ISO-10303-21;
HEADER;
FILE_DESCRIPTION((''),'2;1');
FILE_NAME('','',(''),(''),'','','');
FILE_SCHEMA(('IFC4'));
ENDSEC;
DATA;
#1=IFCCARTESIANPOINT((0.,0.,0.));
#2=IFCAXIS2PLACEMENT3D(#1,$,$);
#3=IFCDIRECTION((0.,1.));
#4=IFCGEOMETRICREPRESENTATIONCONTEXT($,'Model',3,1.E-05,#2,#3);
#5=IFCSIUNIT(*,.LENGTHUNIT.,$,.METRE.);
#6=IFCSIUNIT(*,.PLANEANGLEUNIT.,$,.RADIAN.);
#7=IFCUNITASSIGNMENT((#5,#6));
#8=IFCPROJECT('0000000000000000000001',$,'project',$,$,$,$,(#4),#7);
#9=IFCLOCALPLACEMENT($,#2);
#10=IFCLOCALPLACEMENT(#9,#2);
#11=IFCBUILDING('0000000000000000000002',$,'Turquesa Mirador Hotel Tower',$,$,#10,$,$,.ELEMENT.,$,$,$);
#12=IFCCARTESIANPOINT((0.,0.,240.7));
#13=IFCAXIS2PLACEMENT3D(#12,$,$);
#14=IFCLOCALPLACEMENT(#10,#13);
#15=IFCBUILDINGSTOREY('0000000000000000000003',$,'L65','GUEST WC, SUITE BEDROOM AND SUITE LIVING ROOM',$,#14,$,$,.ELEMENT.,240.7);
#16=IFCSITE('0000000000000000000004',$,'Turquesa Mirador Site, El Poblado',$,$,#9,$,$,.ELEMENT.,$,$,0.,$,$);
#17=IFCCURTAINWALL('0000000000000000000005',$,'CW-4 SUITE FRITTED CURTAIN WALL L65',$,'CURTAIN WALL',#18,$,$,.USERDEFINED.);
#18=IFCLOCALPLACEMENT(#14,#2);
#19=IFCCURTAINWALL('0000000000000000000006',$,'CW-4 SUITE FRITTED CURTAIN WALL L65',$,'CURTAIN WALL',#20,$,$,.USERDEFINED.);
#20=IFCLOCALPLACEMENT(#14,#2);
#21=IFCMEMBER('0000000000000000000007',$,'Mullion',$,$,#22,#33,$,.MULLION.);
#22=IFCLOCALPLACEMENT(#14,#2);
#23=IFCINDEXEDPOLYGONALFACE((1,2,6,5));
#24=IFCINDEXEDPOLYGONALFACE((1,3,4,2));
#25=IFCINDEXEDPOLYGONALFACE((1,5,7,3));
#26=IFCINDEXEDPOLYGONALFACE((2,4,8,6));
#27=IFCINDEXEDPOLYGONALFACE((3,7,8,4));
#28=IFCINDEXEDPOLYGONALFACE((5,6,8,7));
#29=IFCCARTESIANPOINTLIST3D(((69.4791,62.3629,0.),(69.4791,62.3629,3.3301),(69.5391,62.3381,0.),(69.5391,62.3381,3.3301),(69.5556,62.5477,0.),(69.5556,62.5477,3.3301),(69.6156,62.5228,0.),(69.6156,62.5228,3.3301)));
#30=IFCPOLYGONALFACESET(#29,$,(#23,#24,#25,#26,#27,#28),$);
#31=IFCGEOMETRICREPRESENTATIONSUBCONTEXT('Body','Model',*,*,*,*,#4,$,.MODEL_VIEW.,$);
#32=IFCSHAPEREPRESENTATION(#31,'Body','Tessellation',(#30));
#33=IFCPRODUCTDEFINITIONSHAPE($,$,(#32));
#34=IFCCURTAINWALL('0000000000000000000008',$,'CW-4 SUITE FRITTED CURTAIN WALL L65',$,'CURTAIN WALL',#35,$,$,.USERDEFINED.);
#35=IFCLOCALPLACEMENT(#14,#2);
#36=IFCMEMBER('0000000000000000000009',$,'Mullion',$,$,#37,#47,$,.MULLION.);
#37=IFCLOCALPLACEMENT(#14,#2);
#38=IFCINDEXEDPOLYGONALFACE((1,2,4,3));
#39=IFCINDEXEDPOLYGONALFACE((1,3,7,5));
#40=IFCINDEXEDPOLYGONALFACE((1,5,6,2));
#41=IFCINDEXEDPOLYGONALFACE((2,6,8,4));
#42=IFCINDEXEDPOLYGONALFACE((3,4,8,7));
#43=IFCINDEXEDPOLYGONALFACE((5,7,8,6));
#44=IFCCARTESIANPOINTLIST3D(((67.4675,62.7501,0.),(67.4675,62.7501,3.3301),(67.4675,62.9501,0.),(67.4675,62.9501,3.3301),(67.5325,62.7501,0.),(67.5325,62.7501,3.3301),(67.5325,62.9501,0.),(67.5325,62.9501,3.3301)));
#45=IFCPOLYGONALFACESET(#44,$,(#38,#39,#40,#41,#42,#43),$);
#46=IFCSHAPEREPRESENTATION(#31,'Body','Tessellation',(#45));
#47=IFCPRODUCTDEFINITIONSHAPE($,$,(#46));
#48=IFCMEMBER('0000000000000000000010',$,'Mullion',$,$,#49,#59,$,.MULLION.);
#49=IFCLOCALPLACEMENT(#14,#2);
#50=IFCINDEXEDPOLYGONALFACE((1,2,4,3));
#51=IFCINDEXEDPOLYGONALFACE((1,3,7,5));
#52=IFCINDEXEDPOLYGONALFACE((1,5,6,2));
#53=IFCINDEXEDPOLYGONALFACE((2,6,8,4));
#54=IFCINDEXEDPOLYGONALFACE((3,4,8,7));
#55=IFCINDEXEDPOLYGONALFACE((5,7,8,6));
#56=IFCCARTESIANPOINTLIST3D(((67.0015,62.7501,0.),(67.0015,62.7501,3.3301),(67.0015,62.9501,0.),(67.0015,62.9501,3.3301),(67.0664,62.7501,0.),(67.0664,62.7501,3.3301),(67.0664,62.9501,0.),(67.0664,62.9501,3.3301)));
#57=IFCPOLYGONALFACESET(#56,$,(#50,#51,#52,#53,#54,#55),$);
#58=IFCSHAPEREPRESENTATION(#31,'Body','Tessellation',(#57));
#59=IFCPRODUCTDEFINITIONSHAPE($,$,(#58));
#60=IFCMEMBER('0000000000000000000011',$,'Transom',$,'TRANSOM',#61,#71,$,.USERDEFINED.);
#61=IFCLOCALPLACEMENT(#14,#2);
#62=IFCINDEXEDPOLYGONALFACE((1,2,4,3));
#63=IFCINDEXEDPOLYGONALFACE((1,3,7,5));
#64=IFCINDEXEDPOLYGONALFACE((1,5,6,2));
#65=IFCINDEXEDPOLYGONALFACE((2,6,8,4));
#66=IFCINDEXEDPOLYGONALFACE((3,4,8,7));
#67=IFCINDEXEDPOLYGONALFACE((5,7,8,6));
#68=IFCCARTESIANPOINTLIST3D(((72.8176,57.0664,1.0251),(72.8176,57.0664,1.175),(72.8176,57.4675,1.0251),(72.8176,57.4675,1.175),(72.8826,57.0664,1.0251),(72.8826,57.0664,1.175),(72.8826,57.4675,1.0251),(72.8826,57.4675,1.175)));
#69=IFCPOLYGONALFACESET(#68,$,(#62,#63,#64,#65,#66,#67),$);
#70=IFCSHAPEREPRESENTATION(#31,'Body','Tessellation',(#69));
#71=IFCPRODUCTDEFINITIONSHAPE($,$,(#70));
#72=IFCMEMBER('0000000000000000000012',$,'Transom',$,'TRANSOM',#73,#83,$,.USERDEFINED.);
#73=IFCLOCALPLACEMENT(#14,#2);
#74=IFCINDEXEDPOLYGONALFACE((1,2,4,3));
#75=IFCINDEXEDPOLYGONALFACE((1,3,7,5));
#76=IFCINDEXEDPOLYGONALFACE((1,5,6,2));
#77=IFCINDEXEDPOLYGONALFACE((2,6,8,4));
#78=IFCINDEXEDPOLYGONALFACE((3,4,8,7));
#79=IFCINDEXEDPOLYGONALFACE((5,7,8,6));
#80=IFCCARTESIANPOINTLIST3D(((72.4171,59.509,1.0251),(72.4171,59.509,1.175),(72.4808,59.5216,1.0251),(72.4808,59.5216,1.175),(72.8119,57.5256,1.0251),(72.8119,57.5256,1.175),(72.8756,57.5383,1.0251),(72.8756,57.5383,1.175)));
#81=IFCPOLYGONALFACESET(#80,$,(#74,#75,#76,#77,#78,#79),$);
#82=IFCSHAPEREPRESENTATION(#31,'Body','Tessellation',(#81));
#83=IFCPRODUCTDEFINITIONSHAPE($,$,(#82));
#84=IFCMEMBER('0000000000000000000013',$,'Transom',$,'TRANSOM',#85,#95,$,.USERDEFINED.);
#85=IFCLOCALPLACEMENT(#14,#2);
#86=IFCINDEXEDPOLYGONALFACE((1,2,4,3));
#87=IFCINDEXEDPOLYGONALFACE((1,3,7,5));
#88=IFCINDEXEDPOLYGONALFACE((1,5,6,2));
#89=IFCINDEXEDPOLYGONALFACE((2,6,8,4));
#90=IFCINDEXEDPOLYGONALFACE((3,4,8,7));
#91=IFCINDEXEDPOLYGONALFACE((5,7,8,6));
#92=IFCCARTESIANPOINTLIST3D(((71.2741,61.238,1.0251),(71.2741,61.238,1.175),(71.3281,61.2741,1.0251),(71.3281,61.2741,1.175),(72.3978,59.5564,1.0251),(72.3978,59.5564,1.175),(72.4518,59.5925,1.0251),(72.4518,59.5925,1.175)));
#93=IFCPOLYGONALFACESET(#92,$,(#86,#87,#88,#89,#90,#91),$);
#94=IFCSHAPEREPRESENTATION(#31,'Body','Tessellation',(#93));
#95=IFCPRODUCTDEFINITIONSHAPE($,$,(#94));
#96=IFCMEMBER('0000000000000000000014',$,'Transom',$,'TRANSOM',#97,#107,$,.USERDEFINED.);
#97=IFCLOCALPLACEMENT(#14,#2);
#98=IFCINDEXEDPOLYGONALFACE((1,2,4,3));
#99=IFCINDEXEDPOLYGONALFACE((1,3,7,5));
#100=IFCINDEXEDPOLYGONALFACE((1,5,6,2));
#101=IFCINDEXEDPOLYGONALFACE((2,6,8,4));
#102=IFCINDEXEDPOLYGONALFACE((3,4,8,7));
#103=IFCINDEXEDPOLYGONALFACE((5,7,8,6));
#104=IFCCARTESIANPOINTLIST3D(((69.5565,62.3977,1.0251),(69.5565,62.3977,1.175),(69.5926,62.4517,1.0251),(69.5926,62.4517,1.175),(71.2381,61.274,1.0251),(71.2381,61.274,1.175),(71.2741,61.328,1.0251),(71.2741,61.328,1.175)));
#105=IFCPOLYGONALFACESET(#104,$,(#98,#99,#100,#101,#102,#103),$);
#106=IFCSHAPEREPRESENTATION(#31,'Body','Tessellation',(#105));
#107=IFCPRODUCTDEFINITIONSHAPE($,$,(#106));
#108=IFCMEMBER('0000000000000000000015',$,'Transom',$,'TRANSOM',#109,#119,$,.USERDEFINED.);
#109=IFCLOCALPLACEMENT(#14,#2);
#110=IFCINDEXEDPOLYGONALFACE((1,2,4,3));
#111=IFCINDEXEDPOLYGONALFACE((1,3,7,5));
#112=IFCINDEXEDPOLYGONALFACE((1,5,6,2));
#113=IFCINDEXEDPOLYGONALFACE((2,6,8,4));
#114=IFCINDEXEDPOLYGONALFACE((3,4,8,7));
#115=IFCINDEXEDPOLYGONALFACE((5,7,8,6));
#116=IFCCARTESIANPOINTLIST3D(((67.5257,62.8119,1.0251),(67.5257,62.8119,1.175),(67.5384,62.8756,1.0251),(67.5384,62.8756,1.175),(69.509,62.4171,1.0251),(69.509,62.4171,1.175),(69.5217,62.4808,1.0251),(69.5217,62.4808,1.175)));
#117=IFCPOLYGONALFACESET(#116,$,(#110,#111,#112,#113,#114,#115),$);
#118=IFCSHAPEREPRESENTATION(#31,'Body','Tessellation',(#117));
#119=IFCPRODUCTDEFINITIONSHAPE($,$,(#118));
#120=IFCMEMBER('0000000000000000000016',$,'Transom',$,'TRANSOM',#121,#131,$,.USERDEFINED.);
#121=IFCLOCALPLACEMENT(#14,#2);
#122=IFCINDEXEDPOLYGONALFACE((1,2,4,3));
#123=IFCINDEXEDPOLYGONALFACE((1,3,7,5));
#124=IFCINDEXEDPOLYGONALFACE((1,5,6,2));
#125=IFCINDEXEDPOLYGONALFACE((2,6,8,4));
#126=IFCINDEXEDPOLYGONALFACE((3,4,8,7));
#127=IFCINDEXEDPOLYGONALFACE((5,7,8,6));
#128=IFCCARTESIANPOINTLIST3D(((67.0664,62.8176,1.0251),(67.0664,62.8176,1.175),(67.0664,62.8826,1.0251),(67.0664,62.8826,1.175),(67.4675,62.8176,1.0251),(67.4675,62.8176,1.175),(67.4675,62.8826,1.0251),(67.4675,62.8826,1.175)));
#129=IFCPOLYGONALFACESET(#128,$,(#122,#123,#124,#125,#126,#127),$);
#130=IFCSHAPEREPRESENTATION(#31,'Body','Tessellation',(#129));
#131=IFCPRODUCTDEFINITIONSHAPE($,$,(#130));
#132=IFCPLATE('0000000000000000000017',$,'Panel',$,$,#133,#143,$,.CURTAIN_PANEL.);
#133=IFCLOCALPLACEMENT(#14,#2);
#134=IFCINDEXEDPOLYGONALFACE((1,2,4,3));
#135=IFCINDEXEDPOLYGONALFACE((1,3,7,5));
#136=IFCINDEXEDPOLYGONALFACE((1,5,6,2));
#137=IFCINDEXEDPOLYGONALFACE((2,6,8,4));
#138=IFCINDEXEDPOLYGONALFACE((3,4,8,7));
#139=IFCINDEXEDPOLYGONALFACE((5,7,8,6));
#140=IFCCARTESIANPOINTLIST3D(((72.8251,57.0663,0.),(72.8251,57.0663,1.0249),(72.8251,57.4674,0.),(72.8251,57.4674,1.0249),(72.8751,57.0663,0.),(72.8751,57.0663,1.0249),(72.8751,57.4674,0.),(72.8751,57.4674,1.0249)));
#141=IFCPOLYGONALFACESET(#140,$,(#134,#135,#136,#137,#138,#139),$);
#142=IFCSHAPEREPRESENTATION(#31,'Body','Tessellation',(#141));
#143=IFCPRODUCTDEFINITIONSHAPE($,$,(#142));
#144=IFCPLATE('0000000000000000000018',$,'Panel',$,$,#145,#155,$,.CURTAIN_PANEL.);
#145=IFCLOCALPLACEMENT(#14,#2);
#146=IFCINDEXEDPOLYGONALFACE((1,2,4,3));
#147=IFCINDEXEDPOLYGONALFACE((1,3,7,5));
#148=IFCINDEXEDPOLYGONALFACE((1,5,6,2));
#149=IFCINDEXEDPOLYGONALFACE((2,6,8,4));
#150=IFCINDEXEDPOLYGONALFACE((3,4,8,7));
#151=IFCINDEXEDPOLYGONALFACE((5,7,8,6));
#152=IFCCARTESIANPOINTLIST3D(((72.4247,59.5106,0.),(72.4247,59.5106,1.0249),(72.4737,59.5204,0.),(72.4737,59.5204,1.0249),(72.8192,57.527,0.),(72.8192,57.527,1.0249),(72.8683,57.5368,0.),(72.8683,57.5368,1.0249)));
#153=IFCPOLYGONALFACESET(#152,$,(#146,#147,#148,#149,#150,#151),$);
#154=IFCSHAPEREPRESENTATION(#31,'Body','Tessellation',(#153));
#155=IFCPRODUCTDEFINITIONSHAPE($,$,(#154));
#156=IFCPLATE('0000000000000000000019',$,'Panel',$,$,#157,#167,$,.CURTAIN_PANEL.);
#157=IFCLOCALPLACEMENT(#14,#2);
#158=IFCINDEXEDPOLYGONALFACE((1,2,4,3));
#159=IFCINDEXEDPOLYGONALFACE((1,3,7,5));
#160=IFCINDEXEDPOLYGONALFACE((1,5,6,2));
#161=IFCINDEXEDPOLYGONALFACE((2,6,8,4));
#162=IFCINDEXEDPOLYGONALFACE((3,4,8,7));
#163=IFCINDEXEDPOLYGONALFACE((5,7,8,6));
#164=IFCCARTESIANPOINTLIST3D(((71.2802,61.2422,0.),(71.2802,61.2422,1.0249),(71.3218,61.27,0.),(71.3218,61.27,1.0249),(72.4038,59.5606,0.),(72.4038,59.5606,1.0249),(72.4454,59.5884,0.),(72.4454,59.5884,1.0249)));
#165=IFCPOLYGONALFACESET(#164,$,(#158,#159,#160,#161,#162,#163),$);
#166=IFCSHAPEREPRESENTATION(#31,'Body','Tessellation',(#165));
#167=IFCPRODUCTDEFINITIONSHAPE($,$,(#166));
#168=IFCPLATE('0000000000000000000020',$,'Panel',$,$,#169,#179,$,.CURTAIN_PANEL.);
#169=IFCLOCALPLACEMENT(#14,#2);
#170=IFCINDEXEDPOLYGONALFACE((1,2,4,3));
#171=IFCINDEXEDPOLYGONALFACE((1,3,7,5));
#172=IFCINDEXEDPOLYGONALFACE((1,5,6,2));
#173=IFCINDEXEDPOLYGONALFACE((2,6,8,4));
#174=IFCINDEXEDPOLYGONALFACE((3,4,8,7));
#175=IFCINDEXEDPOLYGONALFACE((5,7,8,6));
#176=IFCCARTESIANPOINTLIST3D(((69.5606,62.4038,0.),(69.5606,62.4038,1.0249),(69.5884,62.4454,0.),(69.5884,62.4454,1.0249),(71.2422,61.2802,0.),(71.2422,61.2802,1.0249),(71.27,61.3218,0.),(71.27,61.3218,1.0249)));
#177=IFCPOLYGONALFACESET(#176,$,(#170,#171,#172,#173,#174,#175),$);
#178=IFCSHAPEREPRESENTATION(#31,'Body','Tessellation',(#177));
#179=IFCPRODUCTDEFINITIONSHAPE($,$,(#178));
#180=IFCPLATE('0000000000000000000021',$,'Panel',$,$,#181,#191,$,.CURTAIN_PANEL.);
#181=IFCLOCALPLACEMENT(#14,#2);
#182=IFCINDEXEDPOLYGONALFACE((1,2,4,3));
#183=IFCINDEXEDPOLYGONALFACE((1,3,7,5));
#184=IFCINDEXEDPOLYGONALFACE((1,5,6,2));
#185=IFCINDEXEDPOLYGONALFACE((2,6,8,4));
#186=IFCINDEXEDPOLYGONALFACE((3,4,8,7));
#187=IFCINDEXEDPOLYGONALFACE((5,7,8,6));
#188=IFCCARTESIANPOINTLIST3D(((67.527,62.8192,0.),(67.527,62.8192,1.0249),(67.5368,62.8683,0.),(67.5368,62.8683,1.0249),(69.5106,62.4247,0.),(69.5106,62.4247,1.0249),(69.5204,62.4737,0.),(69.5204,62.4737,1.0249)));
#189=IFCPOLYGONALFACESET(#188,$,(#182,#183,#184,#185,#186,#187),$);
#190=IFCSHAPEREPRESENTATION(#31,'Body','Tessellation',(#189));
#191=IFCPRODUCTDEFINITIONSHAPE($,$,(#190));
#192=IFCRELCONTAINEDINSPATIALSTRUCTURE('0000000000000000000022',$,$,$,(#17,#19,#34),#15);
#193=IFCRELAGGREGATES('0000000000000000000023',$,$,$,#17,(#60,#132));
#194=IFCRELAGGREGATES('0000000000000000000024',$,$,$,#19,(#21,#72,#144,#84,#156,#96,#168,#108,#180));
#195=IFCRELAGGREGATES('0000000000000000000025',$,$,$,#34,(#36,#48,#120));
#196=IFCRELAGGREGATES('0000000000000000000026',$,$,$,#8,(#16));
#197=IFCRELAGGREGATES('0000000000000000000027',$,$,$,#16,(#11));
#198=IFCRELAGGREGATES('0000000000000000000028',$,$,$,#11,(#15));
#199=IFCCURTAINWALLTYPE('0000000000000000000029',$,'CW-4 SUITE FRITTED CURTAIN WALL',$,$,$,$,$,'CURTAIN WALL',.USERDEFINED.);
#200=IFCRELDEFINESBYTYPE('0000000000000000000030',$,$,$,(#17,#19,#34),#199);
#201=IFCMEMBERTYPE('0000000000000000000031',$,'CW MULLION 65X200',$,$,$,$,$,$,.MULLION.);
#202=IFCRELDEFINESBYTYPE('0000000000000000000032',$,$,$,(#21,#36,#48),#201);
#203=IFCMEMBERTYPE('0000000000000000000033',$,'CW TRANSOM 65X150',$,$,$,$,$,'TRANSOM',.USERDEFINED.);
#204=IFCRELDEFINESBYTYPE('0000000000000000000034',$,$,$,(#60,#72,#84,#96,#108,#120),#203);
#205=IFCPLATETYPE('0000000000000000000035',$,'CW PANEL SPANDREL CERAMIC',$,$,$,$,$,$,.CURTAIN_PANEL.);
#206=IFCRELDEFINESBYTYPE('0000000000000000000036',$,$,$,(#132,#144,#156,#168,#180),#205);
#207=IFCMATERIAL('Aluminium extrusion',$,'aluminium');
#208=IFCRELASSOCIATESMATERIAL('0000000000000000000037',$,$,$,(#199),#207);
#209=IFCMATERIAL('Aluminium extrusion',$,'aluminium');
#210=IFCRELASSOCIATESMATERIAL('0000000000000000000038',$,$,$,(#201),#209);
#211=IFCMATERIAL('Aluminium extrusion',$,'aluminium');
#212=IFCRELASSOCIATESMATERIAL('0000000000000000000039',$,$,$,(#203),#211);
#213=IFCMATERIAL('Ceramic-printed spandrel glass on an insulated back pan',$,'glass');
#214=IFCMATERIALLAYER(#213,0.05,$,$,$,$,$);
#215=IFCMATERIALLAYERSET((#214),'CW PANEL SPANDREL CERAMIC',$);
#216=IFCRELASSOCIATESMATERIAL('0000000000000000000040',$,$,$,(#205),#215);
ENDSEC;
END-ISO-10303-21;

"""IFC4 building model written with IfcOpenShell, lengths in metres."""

from ifc_helpers import new_model, si_unit, direction, frame, origin, origin_2d, place, context, subcontext, project, spatial, rectangle, extrude, material, layer, layer_set, material_profile, profile_set, type_object, element, aggregate, save


model = new_model("IFC4")

# Units and contexts
model_context = context("Model", 3, precision=1e-05, world=origin(), true_north=direction((0.0, 1.0)))
body_context = subcontext(model_context, "Body", "Model", "MODEL_VIEW")
ifc_project = project(units=[si_unit("LENGTHUNIT", "METRE"), si_unit("PLANEANGLEUNIT", "RADIAN")], contexts=[model_context])

# Site, building, storey
site_placement = place(None, origin())
site = spatial("IfcSite", under=ifc_project, at=site_placement, Name="Turquesa Mirador Site, El Poblado", CompositionType="ELEMENT", RefElevation=0.0)
building_placement = place(site_placement, origin())
building = spatial("IfcBuilding", under=site, at=building_placement, Name="Turquesa Mirador Hotel Tower", CompositionType="ELEMENT")
storey_placement = place(building_placement, frame((0.0, 0.0, 240.7)))
storey = spatial("IfcBuildingStorey", under=building, at=storey_placement, Name="L65", Description="GUEST WC, SUITE BEDROOM AND SUITE LIVING ROOM", CompositionType="ELEMENT", Elevation=240.7)

# Shared definitions
ifc_material_1 = material(Name="Aluminium extrusion", Category="aluminium")
curtain_wall_type = type_object("IfcCurtainWallType", Name="CW-4 SUITE FRITTED CURTAIN WALL", ElementType="CURTAIN WALL", PredefinedType="USERDEFINED", material=ifc_material_1)
ifc_material_2 = material(Name="Aluminium extrusion", Category="aluminium")
ifc_material_profile_1 = material_profile(ifc_material_2, rectangle(XDim=0.0649, YDim=0.2, at=origin_2d()), Name="MULLION 65X200")
ifc_profile_set_1 = profile_set([ifc_material_profile_1], Name="Aluminium extrusion")
member_type_1 = type_object("IfcMemberType", Name="CW MULLION 65X200", PredefinedType="MULLION", material=ifc_profile_set_1)

# Curtain walls, members
curtain_wall_1_placement = place(storey_placement, origin())
curtain_wall_1 = element("IfcCurtainWall", 1, at=curtain_wall_1_placement, inside=storey, type_object=curtain_wall_type, Name="CW-4 SUITE FRITTED CURTAIN WALL L65", ObjectType="CURTAIN WALL", PredefinedType="USERDEFINED")
curtain_wall_2_placement = place(storey_placement, origin())
curtain_wall_2 = element("IfcCurtainWall", 2, at=curtain_wall_2_placement, inside=storey, type_object=curtain_wall_type, Name="CW-4 SUITE FRITTED CURTAIN WALL L65", ObjectType="CURTAIN WALL", PredefinedType="USERDEFINED")
member_1_placement = place(storey_placement, frame((69.5474, 62.4429, 0.0), z_axis=(0.0, 0.0, 1.0), x_axis=(-0.92388, 0.382683, 0.0)))
member_1 = element("IfcMember", 3, at=member_1_placement, type_object=member_type_1, Name="Mullion", PredefinedType="MULLION", context=body_context, shape_type="SweptSolid", body=[
    extrude(rectangle(XDim=0.0649, YDim=0.2, at=origin_2d()), origin(), (0.0, 0.0, 1.0), 3.3301),
])
curtain_wall_3_placement = place(storey_placement, origin())
curtain_wall_3 = element("IfcCurtainWall", 4, at=curtain_wall_3_placement, inside=storey, type_object=curtain_wall_type, Name="CW-4 SUITE FRITTED CURTAIN WALL L65", ObjectType="CURTAIN WALL", PredefinedType="USERDEFINED")
member_2_placement = place(storey_placement, frame((67.5, 62.8501, 0.0), z_axis=(0.0, 0.0, 1.0), x_axis=(-1.0, 0.0, 0.0)))
member_2 = element("IfcMember", 5, at=member_2_placement, type_object=member_type_1, Name="Mullion", PredefinedType="MULLION", context=body_context, shape_type="SweptSolid", body=[
    extrude(rectangle(XDim=0.0649, YDim=0.2, at=origin_2d()), origin(), (0.0, 0.0, 1.0), 3.3301),
])
member_3_placement = place(storey_placement, frame((67.0339, 62.8501, 0.0), z_axis=(0.0, 0.0, 1.0), x_axis=(-1.0, 0.0, 0.0)))
member_3 = element("IfcMember", 6, at=member_3_placement, type_object=member_type_1, Name="Mullion", PredefinedType="MULLION", context=body_context, shape_type="SweptSolid", body=[
    extrude(rectangle(XDim=0.0649, YDim=0.2, at=origin_2d()), origin(), (0.0, 0.0, 1.0), 3.3301),
])

# Members
ifc_material_3 = material(Name="Aluminium extrusion", Category="aluminium")
ifc_material_profile_2 = material_profile(ifc_material_3, rectangle(XDim=0.0649, YDim=0.1499, at=origin_2d()), Name="TRANSOM 65X150")
ifc_profile_set_2 = profile_set([ifc_material_profile_2], Name="Aluminium extrusion")
member_type_2 = type_object("IfcMemberType", Name="CW TRANSOM 65X150", ElementType="TRANSOM", PredefinedType="USERDEFINED", material=ifc_profile_set_2)
member_4_placement = place(storey_placement, frame((72.8501, 57.0664, 1.1001), z_axis=(0.0, 1.0, 0.0), x_axis=(-1.0, 0.0, 0.0)))
member_4 = element("IfcMember", 7, at=member_4_placement, type_object=member_type_2, Name="Transom", ObjectType="TRANSOM", PredefinedType="USERDEFINED", context=body_context, shape_type="SweptSolid", body=[
    extrude(rectangle(XDim=0.0649, YDim=0.1499, at=origin_2d()), origin(), (0.0, 0.0, 1.0), 0.4011),
])
member_5_placement = place(storey_placement, frame((72.8438, 57.532, 1.1001), z_axis=(-0.195211, 0.980761, 0.0), x_axis=(-0.980761, -0.195211, 0.0)))
member_5 = element("IfcMember", 8, at=member_5_placement, type_object=member_type_2, Name="Transom", ObjectType="TRANSOM", PredefinedType="USERDEFINED", context=body_context, shape_type="SweptSolid", body=[
    extrude(rectangle(XDim=0.0649, YDim=0.1499, at=origin_2d()), origin(), (0.0, 0.0, 1.0), 2.0222),
])
member_6_placement = place(storey_placement, frame((72.4248, 59.5745, 1.1001), z_axis=(-0.555619, 0.831437, 0.0), x_axis=(-0.831437, -0.555619, 0.0)))
member_6 = element("IfcMember", 9, at=member_6_placement, type_object=member_type_2, Name="Transom", ObjectType="TRANSOM", PredefinedType="USERDEFINED", context=body_context, shape_type="SweptSolid", body=[
    extrude(rectangle(XDim=0.0649, YDim=0.1499, at=origin_2d()), origin(), (0.0, 0.0, 1.0), 2.0225),
])
member_7_placement = place(storey_placement, frame((71.2561, 61.301, 1.1001), z_axis=(-0.831437, 0.555619, 0.0), x_axis=(-0.555619, -0.831437, 0.0)))
member_7 = element("IfcMember", 10, at=member_7_placement, type_object=member_type_2, Name="Transom", ObjectType="TRANSOM", PredefinedType="USERDEFINED", context=body_context, shape_type="SweptSolid", body=[
    extrude(rectangle(XDim=0.0649, YDim=0.1499, at=origin_2d()), origin(), (0.0, 0.0, 1.0), 2.0225),
])
member_8_placement = place(storey_placement, frame((69.5154, 62.449, 1.1001), z_axis=(-0.980761, 0.195211, 0.0), x_axis=(-0.195211, -0.980761, 0.0)))
member_8 = element("IfcMember", 11, at=member_8_placement, type_object=member_type_2, Name="Transom", ObjectType="TRANSOM", PredefinedType="USERDEFINED", context=body_context, shape_type="SweptSolid", body=[
    extrude(rectangle(XDim=0.0649, YDim=0.1499, at=origin_2d()), origin(), (0.0, 0.0, 1.0), 2.0222),
])
member_9_placement = place(storey_placement, frame((67.4675, 62.8501, 1.1001), z_axis=(-1.0, 0.0, 0.0), x_axis=(0.0, -1.0, 0.0)))
member_9 = element("IfcMember", 12, at=member_9_placement, type_object=member_type_2, Name="Transom", ObjectType="TRANSOM", PredefinedType="USERDEFINED", context=body_context, shape_type="SweptSolid", body=[
    extrude(rectangle(XDim=0.0649, YDim=0.1499, at=origin_2d()), origin(), (0.0, 0.0, 1.0), 0.4011),
])

# Plates
ifc_material_4 = material(Name="Ceramic-printed spandrel glass on an insulated back pan", Category="glass")
ifc_layer_1 = layer(ifc_material_4, 0.05)
ifc_layer_set_1 = layer_set([ifc_layer_1], Name="CW PANEL SPANDREL CERAMIC")
plate_type_1 = type_object("IfcPlateType", Name="CW PANEL SPANDREL CERAMIC", PredefinedType="CURTAIN_PANEL", material=ifc_layer_set_1)
plate_1_placement = place(storey_placement, frame((72.8501, 57.2668, 0.0), z_axis=(0.0, 0.0, 1.0), x_axis=(0.0, 1.0, 0.0)))
plate_1 = element("IfcPlate", 13, at=plate_1_placement, type_object=plate_type_1, Name="Panel", PredefinedType="CURTAIN_PANEL", context=body_context, shape_type="SweptSolid", body=[
    extrude(rectangle(XDim=0.4011, YDim=0.05, at=origin_2d()), origin(), (0.0, 0.0, 1.0), 1.0249),
])
plate_2_placement = place(storey_placement, frame((72.6465, 58.5237, 0.0), z_axis=(0.0, 0.0, 1.0), x_axis=(-0.195091, 0.980785, 0.0)))
plate_2 = element("IfcPlate", 14, at=plate_2_placement, type_object=plate_type_1, Name="Panel", PredefinedType="CURTAIN_PANEL", context=body_context, shape_type="SweptSolid", body=[
    extrude(rectangle(XDim=2.0225, YDim=0.05, at=origin_2d()), origin(), (0.0, 0.0, 1.0), 1.0249),
])
plate_3_placement = place(storey_placement, frame((71.8628, 60.4153, 0.0), z_axis=(0.0, 0.0, 1.0), x_axis=(-0.55557, 0.83147, 0.0)))
plate_3 = element("IfcPlate", 15, at=plate_3_placement, type_object=plate_type_1, Name="Panel", PredefinedType="CURTAIN_PANEL", context=body_context, shape_type="SweptSolid", body=[
    extrude(rectangle(XDim=2.0225, YDim=0.05, at=origin_2d()), origin(), (0.0, 0.0, 1.0), 1.0249),
])
plate_4_placement = place(storey_placement, frame((70.4153, 61.8628, 0.0), z_axis=(0.0, 0.0, 1.0), x_axis=(-0.83147, 0.55557, 0.0)))
plate_4 = element("IfcPlate", 16, at=plate_4_placement, type_object=plate_type_1, Name="Panel", PredefinedType="CURTAIN_PANEL", context=body_context, shape_type="SweptSolid", body=[
    extrude(rectangle(XDim=2.0225, YDim=0.05, at=origin_2d()), origin(), (0.0, 0.0, 1.0), 1.0249),
])
plate_5_placement = place(storey_placement, frame((68.5237, 62.6465, 0.0), z_axis=(0.0, 0.0, 1.0), x_axis=(-0.980785, 0.195091, 0.0)))
plate_5 = element("IfcPlate", 17, at=plate_5_placement, type_object=plate_type_1, Name="Panel", PredefinedType="CURTAIN_PANEL", context=body_context, shape_type="SweptSolid", body=[
    extrude(rectangle(XDim=2.0225, YDim=0.05, at=origin_2d()), origin(), (0.0, 0.0, 1.0), 1.0249),
])
aggregate(curtain_wall_1, [member_4, plate_1])
aggregate(curtain_wall_2, [member_1, member_5, plate_2, member_6, plate_3, member_7, plate_4, member_8, plate_5])
aggregate(curtain_wall_3, [member_2, member_3, member_9])

save(model, "model.ifc")
